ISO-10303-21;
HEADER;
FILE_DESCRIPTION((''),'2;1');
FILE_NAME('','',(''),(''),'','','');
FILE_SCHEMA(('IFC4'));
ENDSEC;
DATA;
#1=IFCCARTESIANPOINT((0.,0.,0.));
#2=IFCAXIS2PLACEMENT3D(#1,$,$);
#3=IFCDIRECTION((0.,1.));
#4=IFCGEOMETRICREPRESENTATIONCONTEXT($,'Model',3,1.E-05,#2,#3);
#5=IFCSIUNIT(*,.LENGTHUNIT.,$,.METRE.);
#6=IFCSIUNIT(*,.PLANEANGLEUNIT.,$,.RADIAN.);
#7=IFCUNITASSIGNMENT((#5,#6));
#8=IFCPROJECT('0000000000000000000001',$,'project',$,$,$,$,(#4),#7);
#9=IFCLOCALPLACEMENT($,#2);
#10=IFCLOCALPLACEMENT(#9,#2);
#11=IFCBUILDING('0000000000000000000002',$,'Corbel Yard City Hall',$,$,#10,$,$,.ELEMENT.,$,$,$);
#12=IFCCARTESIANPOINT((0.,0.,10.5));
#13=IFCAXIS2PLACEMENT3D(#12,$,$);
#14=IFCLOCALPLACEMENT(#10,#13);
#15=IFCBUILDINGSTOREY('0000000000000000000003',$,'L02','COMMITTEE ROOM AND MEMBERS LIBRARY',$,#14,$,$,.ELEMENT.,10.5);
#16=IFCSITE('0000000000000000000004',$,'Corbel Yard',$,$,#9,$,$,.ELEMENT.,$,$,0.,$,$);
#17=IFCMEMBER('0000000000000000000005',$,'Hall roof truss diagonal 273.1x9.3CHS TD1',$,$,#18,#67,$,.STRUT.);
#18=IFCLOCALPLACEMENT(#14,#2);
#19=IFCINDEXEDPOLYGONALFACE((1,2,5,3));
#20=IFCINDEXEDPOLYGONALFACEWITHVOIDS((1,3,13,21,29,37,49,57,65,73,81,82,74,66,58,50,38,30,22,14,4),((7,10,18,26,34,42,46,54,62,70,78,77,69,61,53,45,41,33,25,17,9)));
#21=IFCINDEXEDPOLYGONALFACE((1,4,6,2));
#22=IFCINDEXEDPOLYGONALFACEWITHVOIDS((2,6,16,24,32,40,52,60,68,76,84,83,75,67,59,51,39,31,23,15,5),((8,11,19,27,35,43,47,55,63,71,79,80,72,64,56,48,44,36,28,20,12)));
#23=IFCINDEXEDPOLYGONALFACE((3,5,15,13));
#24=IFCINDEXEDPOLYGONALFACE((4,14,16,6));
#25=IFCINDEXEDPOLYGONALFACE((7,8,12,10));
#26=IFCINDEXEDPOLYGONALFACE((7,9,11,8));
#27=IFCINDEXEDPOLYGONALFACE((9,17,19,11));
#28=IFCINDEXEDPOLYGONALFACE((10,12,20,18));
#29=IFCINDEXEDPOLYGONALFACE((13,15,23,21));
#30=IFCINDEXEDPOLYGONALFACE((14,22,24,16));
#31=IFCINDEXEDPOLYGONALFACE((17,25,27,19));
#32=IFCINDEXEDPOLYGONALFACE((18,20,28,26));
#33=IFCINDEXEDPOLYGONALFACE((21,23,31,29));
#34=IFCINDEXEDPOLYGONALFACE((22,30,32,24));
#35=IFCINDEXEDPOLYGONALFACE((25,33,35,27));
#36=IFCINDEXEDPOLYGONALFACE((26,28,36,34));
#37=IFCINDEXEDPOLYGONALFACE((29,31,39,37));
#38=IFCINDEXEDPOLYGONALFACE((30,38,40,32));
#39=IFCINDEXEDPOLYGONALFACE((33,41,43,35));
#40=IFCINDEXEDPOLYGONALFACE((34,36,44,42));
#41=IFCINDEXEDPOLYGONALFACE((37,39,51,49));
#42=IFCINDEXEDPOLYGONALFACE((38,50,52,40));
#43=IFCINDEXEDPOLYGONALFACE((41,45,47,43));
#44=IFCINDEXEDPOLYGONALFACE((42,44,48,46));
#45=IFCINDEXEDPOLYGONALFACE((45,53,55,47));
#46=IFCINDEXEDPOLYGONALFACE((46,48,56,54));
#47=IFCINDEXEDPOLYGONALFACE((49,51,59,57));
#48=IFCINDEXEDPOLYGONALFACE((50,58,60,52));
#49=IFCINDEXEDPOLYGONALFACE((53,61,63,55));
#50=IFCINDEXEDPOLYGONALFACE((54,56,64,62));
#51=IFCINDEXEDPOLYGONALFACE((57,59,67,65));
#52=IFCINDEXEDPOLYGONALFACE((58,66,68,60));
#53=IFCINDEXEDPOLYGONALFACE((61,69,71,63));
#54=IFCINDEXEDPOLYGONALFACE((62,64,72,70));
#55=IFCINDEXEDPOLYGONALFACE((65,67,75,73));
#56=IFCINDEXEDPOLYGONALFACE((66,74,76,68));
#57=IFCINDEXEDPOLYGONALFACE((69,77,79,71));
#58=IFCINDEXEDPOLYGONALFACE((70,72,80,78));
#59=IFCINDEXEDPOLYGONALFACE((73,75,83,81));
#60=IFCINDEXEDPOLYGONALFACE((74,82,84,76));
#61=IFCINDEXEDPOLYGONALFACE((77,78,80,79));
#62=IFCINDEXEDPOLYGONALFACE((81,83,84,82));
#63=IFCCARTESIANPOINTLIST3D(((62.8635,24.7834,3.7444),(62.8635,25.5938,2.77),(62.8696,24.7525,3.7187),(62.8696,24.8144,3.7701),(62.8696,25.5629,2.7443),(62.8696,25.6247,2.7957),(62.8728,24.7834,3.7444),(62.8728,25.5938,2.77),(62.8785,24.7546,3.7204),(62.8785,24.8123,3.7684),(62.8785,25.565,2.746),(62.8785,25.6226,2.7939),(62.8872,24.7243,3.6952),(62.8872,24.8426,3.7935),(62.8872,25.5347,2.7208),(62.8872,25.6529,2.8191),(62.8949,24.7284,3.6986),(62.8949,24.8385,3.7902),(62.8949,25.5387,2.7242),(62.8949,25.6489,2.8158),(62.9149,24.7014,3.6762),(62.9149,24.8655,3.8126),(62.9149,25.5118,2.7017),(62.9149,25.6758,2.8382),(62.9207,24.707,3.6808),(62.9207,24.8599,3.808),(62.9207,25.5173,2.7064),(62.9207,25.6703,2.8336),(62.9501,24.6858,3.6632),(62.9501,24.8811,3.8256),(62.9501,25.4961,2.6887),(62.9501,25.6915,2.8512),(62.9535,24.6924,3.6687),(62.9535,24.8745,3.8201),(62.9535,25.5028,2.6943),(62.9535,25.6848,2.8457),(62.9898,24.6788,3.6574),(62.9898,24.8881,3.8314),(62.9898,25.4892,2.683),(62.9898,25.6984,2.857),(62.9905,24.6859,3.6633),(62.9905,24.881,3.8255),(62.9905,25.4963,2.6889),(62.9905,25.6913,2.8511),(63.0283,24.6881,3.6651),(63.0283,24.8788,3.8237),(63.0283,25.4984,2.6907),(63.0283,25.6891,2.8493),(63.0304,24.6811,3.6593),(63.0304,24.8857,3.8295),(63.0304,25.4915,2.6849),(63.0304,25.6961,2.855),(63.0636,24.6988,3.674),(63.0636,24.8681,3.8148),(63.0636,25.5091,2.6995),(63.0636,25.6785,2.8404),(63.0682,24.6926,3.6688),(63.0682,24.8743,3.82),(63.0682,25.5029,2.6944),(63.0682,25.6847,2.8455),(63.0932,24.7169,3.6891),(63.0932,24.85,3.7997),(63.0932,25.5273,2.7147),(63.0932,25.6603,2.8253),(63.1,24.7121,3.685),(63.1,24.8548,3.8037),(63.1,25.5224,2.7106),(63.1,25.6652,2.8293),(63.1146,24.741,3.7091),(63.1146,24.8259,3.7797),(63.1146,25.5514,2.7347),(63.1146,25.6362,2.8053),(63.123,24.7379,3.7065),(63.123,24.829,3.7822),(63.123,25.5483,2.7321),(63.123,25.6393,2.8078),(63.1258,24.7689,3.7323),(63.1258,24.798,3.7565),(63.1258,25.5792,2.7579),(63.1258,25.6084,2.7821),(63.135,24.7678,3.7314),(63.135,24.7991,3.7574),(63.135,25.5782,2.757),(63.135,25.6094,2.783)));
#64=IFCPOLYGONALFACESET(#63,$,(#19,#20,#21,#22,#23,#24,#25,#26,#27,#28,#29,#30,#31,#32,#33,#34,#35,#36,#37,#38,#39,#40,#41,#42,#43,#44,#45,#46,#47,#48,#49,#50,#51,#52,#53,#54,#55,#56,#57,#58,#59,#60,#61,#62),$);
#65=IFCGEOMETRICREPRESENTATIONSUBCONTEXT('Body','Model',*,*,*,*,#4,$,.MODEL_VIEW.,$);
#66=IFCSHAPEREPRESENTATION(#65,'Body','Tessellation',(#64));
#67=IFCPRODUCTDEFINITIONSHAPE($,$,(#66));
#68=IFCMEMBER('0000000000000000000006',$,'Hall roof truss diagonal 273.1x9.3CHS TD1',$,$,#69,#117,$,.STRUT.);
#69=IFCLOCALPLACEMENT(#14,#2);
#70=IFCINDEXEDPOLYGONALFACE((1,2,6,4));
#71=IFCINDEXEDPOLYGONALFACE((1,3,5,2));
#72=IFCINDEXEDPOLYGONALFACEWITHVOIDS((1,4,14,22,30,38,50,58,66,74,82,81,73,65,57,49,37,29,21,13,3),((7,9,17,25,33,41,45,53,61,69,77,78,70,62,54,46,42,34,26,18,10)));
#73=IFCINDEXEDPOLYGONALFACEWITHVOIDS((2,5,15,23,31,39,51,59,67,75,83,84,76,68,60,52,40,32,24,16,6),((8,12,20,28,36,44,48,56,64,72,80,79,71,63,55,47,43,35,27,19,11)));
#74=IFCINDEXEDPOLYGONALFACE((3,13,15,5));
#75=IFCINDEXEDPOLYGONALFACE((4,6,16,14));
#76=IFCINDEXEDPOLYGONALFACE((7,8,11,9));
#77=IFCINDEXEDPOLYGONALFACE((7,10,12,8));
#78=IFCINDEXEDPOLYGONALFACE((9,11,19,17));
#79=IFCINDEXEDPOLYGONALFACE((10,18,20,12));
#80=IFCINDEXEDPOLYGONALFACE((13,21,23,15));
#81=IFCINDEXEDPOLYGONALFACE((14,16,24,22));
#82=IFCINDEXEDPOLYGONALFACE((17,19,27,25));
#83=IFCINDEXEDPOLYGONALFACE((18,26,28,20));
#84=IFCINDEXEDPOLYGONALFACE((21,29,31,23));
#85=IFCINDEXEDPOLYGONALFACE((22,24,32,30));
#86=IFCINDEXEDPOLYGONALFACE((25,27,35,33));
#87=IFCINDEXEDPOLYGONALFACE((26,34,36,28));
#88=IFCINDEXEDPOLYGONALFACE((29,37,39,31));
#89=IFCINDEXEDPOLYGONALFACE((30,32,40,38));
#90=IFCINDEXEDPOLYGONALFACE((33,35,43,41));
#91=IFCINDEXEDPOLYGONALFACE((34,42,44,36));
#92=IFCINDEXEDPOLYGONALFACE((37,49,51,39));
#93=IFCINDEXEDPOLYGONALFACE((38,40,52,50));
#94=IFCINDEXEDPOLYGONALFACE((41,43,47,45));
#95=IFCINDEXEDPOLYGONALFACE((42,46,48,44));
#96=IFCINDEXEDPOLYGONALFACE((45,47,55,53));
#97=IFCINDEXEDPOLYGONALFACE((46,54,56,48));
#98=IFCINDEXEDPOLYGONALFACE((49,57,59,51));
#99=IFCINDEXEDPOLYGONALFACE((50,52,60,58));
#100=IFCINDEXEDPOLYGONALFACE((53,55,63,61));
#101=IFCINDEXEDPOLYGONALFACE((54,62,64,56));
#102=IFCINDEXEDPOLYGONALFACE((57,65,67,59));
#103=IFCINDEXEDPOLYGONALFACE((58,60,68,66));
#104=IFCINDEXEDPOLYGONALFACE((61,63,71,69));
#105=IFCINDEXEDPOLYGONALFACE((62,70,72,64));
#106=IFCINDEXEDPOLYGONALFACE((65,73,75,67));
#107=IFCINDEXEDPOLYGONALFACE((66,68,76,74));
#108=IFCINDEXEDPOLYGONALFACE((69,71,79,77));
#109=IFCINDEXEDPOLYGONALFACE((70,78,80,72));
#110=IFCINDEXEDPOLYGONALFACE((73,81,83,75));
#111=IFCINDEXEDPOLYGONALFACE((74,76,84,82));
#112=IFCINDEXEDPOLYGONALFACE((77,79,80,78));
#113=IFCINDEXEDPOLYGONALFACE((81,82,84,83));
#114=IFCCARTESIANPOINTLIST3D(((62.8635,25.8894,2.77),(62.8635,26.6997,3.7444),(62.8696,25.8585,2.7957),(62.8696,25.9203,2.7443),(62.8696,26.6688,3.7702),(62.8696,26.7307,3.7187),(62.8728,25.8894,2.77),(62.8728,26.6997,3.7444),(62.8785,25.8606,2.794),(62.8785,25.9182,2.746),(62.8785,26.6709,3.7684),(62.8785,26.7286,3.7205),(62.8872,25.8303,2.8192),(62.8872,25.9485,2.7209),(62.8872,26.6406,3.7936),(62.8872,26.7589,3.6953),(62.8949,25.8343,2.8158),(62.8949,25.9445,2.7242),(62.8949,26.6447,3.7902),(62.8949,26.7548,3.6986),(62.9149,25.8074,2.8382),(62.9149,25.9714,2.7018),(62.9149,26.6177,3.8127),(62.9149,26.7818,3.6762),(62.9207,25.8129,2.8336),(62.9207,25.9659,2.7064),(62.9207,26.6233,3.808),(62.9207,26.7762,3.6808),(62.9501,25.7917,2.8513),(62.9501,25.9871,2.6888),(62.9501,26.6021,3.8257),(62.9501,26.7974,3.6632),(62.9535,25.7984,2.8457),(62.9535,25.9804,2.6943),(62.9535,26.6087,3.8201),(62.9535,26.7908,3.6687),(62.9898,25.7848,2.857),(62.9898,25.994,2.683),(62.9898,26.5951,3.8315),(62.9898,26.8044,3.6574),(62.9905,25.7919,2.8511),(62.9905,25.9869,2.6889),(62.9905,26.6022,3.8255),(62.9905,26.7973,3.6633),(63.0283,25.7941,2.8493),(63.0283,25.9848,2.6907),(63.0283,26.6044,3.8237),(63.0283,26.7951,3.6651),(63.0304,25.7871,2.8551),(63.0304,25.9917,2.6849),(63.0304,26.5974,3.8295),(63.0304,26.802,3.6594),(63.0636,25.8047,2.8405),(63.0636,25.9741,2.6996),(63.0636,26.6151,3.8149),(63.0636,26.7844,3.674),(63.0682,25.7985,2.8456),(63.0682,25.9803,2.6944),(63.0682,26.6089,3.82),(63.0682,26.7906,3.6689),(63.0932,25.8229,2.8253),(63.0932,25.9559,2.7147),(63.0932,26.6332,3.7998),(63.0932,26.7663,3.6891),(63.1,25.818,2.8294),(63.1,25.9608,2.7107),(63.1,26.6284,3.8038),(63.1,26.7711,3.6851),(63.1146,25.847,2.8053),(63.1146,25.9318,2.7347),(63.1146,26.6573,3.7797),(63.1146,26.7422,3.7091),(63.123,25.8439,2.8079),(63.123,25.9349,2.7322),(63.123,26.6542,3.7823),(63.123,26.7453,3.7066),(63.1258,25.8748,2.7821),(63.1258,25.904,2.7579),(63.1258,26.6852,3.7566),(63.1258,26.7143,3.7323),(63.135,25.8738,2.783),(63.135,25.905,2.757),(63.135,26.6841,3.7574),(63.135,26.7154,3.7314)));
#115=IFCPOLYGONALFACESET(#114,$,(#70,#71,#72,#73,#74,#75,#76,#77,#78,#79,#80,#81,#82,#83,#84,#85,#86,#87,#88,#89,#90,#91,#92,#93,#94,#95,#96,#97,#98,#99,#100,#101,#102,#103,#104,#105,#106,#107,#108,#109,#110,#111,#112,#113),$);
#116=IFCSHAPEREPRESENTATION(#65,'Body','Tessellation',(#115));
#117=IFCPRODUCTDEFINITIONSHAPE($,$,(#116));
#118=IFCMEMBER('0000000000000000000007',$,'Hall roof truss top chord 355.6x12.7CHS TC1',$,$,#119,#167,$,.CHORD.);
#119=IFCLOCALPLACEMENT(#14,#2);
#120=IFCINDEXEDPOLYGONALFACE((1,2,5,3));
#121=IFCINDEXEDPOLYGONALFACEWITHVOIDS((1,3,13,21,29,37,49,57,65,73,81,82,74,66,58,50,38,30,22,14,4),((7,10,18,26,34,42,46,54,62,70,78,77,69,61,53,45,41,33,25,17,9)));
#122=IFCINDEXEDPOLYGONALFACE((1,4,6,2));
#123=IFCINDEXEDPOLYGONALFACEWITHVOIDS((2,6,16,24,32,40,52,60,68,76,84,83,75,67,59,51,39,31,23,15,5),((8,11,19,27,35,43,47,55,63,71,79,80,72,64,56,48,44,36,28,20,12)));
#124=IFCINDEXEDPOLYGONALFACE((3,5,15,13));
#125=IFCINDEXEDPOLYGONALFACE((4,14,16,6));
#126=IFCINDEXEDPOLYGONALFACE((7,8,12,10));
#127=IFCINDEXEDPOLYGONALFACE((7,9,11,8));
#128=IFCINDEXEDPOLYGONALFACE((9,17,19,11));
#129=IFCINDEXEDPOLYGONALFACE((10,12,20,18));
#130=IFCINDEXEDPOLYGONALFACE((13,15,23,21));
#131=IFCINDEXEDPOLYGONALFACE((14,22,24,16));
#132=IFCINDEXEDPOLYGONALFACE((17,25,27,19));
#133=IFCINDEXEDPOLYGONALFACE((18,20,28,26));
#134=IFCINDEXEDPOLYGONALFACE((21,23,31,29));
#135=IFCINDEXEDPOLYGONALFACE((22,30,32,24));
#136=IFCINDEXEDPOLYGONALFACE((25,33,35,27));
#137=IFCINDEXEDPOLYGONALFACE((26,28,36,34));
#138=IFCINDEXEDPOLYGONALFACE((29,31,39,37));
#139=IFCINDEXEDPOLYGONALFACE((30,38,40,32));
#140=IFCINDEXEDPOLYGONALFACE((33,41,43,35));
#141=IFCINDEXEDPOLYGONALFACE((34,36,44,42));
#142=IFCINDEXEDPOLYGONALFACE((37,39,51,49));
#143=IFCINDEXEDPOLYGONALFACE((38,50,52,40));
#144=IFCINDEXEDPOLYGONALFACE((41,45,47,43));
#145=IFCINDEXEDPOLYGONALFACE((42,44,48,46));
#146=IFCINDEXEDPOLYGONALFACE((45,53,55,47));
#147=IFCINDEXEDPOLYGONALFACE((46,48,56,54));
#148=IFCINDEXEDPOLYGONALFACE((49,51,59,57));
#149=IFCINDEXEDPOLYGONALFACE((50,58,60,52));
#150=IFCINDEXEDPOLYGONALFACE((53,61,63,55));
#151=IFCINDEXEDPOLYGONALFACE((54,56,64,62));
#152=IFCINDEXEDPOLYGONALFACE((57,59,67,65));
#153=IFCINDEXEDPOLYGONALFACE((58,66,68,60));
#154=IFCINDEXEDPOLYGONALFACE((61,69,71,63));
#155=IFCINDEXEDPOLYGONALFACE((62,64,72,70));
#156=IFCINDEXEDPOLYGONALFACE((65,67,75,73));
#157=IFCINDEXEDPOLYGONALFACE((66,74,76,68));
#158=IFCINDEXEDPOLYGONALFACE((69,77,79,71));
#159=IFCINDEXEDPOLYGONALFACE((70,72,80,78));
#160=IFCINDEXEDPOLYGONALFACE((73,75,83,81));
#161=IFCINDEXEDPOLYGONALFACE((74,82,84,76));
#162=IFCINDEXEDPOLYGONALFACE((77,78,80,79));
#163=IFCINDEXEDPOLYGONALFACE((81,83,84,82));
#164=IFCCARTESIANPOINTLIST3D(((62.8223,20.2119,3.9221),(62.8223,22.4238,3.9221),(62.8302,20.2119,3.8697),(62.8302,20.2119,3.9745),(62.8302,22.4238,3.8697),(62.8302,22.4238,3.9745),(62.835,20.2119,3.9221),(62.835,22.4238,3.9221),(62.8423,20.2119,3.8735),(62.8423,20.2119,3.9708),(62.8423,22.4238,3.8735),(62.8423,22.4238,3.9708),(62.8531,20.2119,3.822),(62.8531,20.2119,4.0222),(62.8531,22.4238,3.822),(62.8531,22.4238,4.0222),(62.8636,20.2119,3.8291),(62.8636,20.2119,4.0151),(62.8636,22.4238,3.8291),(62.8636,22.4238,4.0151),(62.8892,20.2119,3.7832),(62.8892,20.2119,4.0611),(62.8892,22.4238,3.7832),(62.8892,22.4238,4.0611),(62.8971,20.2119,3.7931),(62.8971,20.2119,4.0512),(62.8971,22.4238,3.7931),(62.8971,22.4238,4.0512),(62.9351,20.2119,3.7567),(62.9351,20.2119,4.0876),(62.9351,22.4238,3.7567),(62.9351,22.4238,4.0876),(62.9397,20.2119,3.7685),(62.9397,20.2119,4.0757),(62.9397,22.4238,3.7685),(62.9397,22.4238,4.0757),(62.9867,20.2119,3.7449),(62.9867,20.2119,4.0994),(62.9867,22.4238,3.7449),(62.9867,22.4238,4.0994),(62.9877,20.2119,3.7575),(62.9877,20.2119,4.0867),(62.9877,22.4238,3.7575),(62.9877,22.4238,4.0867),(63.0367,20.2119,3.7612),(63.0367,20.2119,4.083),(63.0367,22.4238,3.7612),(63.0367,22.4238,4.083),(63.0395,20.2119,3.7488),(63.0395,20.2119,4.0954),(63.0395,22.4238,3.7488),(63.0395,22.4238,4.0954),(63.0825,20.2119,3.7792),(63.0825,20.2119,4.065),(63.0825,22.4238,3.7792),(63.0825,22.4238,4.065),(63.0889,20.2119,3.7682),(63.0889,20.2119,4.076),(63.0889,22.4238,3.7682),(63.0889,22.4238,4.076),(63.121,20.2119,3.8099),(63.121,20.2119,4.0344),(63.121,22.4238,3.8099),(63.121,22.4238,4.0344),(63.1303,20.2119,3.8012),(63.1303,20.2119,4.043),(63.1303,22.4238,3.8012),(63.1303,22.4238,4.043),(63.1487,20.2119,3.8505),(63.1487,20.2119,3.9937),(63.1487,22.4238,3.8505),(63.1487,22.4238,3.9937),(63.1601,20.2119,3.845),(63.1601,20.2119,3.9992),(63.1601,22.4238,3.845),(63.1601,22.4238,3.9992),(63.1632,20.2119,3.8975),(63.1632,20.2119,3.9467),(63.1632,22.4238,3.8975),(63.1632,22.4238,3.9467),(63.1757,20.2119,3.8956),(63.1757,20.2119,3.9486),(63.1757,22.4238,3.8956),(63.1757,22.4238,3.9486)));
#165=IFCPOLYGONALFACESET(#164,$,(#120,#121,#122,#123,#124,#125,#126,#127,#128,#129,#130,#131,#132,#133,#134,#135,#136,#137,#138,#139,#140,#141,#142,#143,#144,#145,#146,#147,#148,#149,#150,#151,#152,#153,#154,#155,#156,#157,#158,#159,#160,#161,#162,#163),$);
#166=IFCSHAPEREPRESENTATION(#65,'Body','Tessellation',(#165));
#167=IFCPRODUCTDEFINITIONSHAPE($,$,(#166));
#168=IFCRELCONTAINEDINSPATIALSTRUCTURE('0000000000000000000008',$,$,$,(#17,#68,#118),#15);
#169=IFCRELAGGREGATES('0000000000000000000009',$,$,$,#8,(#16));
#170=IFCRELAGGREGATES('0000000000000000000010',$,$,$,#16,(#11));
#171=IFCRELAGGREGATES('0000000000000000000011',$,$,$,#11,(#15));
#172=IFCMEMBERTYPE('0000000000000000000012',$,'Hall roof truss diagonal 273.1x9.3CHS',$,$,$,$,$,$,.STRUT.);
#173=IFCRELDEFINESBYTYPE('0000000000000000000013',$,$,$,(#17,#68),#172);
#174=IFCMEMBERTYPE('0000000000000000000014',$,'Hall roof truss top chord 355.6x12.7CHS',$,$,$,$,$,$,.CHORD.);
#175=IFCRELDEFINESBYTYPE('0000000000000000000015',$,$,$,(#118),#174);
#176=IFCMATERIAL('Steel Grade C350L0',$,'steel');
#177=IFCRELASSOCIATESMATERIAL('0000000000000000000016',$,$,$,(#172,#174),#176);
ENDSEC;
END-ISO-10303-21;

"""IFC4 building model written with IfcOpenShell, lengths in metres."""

from ifc_helpers import new_model, si_unit, direction, frame, origin, origin_2d, place, context, subcontext, project, spatial, hollow_circle, extrude, material, material_profile, profile_set, type_object, element, save


model = new_model("IFC4")

# Units and contexts
model_context = context("Model", 3, precision=1e-05, world=origin(), true_north=direction((0.0, 1.0)))
body_context = subcontext(model_context, "Body", "Model", "MODEL_VIEW")
ifc_project = project(units=[si_unit("LENGTHUNIT", "METRE"), si_unit("PLANEANGLEUNIT", "RADIAN")], contexts=[model_context])

# Site, building, storey
site_placement = place(None, origin())
site = spatial("IfcSite", under=ifc_project, at=site_placement, Name="Corbel Yard", CompositionType="ELEMENT", RefElevation=0.0)
building_placement = place(site_placement, origin())
building = spatial("IfcBuilding", under=site, at=building_placement, Name="Corbel Yard City Hall", CompositionType="ELEMENT")
storey_placement = place(building_placement, frame((0.0, 0.0, 10.5)))
storey = spatial("IfcBuildingStorey", under=building, at=storey_placement, Name="L02", Description="COMMITTEE ROOM AND MEMBERS LIBRARY", CompositionType="ELEMENT", Elevation=10.5)

# Members
ifc_material_1 = material(Name="Steel Grade C350L0", Category="steel")
ifc_material_profile_1 = material_profile(ifc_material_1, hollow_circle(Radius=0.1365, WallThickness=0.0093, at=origin_2d()), Name="273.1x9.3CHS")
ifc_profile_set_1 = profile_set([ifc_material_profile_1], Name="Steel Grade C350L0")
member_type_1 = type_object("IfcMemberType", Name="Hall roof truss diagonal 273.1x9.3CHS", PredefinedType="STRUT", material=ifc_profile_set_1)
for number, where, z_axis, x_axis, name in (
    (1, (63.0, 24.7834, 3.7444), (0.0, 0.639407, -0.768868), (-1.0, 0.0, 0.0), "Hall roof truss diagonal 273.1x9.3CHS TD1"),
    (2, (63.0, 25.8894, 2.77), (0.0, 0.639407, 0.768868), (-1.0, 0.0, 0.0), "Hall roof truss diagonal 273.1x9.3CHS TD1"),
):
    element("IfcMember", number, at=place(storey_placement, frame(where, z_axis=z_axis, x_axis=x_axis)), inside=storey, type_object=member_type_1, Name=name, PredefinedType="STRUT", context=body_context, shape_type="SweptSolid", body=[
        extrude(hollow_circle(Radius=0.1365, WallThickness=0.0093, at=origin_2d()), origin(), (0.0, 0.0, 1.0), 1.2673),
    ])
ifc_material_profile_2 = material_profile(ifc_material_1, hollow_circle(Radius=0.1777, WallThickness=0.0127, at=origin_2d()), Name="355.6x12.7CHS")
ifc_profile_set_2 = profile_set([ifc_material_profile_2], Name="Steel Grade C350L0")
member_type_2 = type_object("IfcMemberType", Name="Hall roof truss top chord 355.6x12.7CHS", PredefinedType="CHORD", material=ifc_profile_set_2)
for number, where, z_axis, x_axis, name in (
    (3, (63.0, 20.2119, 3.9221), (0.0, 1.0, 0.0), (-1.0, 0.0, 0.0), "Hall roof truss top chord 355.6x12.7CHS TC1"),
):
    element("IfcMember", number, at=place(storey_placement, frame(where, z_axis=z_axis, x_axis=x_axis)), inside=storey, type_object=member_type_2, Name=name, PredefinedType="CHORD", context=body_context, shape_type="SweptSolid", body=[
        extrude(hollow_circle(Radius=0.1777, WallThickness=0.0127, at=origin_2d()), origin(), (0.0, 0.0, 1.0), 2.2119),
    ])

save(model, "model.ifc")
